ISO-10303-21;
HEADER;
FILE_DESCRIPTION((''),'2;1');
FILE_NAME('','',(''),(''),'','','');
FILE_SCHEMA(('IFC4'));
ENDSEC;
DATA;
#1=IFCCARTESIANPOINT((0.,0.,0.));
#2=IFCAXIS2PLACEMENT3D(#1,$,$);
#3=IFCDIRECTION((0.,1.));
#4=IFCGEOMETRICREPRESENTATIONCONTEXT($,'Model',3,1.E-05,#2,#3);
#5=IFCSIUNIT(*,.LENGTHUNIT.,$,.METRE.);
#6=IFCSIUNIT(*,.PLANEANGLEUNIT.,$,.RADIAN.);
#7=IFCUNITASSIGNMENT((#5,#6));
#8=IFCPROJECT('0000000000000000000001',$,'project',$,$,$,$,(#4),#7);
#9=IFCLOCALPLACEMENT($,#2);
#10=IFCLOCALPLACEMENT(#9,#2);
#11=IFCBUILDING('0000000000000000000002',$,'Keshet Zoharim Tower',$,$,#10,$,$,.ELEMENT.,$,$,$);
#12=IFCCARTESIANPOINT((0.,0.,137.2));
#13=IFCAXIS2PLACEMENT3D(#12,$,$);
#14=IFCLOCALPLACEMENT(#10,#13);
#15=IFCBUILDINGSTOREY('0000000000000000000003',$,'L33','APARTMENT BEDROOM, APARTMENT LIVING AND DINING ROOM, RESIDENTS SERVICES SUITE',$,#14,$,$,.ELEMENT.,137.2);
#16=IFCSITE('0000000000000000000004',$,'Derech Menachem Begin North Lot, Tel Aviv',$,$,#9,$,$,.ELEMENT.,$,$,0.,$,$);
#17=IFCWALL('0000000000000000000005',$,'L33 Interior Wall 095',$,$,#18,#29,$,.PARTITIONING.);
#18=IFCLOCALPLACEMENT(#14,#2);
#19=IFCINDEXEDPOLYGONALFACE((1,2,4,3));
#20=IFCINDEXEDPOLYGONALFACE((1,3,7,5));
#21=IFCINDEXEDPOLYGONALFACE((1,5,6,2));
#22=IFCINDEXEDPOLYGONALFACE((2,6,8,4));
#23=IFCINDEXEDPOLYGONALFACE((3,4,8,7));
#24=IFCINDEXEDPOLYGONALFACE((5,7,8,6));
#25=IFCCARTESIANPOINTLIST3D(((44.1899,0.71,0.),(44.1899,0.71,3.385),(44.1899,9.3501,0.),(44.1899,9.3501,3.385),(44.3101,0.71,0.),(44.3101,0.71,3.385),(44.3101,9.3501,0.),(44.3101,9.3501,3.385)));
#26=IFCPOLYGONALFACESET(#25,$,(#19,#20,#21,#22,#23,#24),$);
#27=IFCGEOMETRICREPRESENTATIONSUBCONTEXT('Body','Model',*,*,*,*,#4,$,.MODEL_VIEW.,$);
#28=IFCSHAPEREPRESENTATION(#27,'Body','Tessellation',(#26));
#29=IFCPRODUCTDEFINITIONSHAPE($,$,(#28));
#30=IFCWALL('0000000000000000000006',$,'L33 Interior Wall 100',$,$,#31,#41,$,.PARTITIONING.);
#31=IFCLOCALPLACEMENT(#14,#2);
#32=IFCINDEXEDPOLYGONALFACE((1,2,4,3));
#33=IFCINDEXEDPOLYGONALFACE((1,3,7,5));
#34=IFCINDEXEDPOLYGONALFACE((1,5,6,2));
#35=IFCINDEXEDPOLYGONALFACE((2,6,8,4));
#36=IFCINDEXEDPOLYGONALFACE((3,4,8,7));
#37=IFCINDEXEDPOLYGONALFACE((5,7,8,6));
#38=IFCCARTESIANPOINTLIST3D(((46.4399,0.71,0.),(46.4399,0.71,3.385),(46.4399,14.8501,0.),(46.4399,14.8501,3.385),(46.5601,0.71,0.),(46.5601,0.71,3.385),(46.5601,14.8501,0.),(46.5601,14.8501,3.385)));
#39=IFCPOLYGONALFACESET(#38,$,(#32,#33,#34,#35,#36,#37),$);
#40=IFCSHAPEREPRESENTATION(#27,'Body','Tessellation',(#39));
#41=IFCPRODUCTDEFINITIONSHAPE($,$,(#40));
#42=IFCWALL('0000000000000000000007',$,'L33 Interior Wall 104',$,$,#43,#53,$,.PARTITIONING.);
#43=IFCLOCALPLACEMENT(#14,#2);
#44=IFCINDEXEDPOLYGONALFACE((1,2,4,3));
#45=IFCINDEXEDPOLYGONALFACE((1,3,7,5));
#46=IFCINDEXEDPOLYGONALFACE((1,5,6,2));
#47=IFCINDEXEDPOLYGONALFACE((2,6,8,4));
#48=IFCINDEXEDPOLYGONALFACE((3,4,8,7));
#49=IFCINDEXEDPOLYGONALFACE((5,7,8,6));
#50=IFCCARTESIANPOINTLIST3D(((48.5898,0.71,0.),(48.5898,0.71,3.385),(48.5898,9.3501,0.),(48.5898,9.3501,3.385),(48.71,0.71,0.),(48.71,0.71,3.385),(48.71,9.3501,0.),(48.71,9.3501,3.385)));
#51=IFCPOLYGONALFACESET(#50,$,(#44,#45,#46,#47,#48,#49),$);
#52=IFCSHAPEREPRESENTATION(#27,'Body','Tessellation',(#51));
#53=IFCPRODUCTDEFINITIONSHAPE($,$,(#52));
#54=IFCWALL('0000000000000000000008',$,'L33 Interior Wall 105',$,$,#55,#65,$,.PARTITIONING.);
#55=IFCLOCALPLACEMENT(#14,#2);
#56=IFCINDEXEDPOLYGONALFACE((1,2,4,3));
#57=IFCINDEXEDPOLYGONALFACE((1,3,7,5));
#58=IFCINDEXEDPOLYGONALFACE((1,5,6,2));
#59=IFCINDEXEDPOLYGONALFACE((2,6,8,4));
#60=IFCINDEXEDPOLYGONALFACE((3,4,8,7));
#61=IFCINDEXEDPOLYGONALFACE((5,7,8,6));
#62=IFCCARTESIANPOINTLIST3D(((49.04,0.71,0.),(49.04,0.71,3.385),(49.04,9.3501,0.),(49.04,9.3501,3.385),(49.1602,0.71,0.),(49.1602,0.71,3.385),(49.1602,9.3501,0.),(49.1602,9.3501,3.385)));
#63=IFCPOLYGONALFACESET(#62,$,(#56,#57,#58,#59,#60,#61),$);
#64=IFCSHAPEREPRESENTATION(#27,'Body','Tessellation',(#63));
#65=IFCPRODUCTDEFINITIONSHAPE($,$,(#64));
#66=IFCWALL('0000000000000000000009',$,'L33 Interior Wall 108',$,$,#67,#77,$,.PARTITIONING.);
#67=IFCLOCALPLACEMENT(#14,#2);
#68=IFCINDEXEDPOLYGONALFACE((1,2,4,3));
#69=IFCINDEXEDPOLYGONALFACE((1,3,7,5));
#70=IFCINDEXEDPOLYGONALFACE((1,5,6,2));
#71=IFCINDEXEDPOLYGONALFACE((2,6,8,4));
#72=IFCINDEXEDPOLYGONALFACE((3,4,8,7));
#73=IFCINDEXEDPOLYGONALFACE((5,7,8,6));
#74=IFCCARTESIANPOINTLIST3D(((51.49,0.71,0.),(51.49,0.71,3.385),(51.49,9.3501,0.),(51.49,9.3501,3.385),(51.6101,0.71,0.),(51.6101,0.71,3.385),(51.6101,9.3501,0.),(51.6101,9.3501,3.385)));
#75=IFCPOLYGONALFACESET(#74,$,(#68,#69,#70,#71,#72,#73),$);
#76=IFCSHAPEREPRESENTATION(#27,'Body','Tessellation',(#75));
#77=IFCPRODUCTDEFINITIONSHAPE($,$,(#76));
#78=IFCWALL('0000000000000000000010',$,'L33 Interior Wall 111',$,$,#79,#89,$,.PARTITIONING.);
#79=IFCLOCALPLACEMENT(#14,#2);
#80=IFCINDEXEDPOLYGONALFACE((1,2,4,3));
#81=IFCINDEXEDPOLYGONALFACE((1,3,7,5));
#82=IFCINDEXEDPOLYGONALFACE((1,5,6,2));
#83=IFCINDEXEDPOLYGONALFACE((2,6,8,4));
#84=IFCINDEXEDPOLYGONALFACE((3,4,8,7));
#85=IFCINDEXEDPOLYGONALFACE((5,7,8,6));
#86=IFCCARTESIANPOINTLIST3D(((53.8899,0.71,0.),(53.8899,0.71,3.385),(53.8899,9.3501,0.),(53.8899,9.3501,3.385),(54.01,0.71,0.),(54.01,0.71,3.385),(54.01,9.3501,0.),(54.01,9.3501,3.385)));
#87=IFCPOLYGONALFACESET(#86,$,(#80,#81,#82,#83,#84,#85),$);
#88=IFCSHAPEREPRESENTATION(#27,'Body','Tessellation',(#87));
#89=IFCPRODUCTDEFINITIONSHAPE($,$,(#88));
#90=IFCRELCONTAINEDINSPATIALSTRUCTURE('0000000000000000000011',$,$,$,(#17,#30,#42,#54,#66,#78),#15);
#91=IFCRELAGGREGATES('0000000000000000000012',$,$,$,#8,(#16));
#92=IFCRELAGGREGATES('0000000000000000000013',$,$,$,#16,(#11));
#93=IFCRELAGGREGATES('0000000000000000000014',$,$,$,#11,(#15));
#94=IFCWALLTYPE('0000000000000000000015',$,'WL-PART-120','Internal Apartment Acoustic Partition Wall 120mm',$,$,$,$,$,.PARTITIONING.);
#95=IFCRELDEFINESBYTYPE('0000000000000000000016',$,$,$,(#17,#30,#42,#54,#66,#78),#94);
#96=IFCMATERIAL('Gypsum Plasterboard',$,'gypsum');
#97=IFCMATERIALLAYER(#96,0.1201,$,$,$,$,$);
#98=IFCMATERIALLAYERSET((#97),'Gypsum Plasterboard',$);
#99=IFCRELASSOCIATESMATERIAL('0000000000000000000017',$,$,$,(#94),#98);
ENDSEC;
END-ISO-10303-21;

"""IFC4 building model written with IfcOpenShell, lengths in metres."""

from ifc_helpers import new_model, si_unit, direction, frame, frame_2d, origin, place, context, subcontext, project, spatial, rectangle, extrude, material, layer, layer_set, type_object, element, save


model = new_model("IFC4")

# Units and contexts
model_context = context("Model", 3, precision=1e-05, world=origin(), true_north=direction((0.0, 1.0)))
body_context = subcontext(model_context, "Body", "Model", "MODEL_VIEW")
ifc_project = project(units=[si_unit("LENGTHUNIT", "METRE"), si_unit("PLANEANGLEUNIT", "RADIAN")], contexts=[model_context])

# Site, building, storey
site_placement = place(None, origin())
site = spatial("IfcSite", under=ifc_project, at=site_placement, Name="Derech Menachem Begin North Lot, Tel Aviv", CompositionType="ELEMENT", RefElevation=0.0)
building_placement = place(site_placement, origin())
building = spatial("IfcBuilding", under=site, at=building_placement, Name="Keshet Zoharim Tower", CompositionType="ELEMENT")
storey_placement = place(building_placement, frame((0.0, 0.0, 137.2)))
storey = spatial("IfcBuildingStorey", under=building, at=storey_placement, Name="L33", Description="APARTMENT BEDROOM, APARTMENT LIVING AND DINING ROOM, RESIDENTS SERVICES SUITE", CompositionType="ELEMENT", Elevation=137.2)

# Walls
ifc_material_1 = material(Name="Gypsum Plasterboard", Category="gypsum")
ifc_layer_1 = layer(ifc_material_1, 0.1201)
ifc_layer_set_1 = layer_set([ifc_layer_1], Name="Gypsum Plasterboard")
wall_type = type_object("IfcWallType", Name="WL-PART-120", Description="Internal Apartment Acoustic Partition Wall 120mm", PredefinedType="PARTITIONING", material=ifc_layer_set_1)
wall_1_placement = place(storey_placement, frame((44.25, 0.71, 0.0), z_axis=(0.0, 0.0, 1.0), x_axis=(0.0, 1.0, 0.0)))
element("IfcWall", 1, at=wall_1_placement, inside=storey, type_object=wall_type, Name="L33 Interior Wall 095", PredefinedType="PARTITIONING", context=body_context, shape_type="SweptSolid", body=[
    extrude(rectangle(XDim=8.6401, YDim=0.1201, at=frame_2d((4.3201, 0.0))), origin(), (0.0, 0.0, 1.0), 3.385),
])
wall_2_placement = place(storey_placement, frame((46.5, 0.71, 0.0), z_axis=(0.0, 0.0, 1.0), x_axis=(0.0, 1.0, 0.0)))
element("IfcWall", 2, at=wall_2_placement, inside=storey, type_object=wall_type, Name="L33 Interior Wall 100", PredefinedType="PARTITIONING", context=body_context, shape_type="SweptSolid", body=[
    extrude(rectangle(XDim=14.1401, YDim=0.1201, at=frame_2d((7.0701, 0.0))), origin(), (0.0, 0.0, 1.0), 3.385),
])
for number, where, z_axis, x_axis, name in (
    (3, (48.6499, 0.71, 0.0), (0.0, 0.0, 1.0), (0.0, 1.0, 0.0), "L33 Interior Wall 104"),
    (4, (49.1001, 0.71, 0.0), (0.0, 0.0, 1.0), (0.0, 1.0, 0.0), "L33 Interior Wall 105"),
    (5, (51.55, 0.71, 0.0), (0.0, 0.0, 1.0), (0.0, 1.0, 0.0), "L33 Interior Wall 108"),
    (6, (53.95, 0.71, 0.0), (0.0, 0.0, 1.0), (0.0, 1.0, 0.0), "L33 Interior Wall 111"),
):
    element("IfcWall", number, at=place(storey_placement, frame(where, z_axis=z_axis, x_axis=x_axis)), inside=storey, type_object=wall_type, Name=name, PredefinedType="PARTITIONING", context=body_context, shape_type="SweptSolid", body=[
        extrude(rectangle(XDim=8.6401, YDim=0.1201, at=frame_2d((4.3201, 0.0))), origin(), (0.0, 0.0, 1.0), 3.385),
    ])

save(model, "model.ifc")
